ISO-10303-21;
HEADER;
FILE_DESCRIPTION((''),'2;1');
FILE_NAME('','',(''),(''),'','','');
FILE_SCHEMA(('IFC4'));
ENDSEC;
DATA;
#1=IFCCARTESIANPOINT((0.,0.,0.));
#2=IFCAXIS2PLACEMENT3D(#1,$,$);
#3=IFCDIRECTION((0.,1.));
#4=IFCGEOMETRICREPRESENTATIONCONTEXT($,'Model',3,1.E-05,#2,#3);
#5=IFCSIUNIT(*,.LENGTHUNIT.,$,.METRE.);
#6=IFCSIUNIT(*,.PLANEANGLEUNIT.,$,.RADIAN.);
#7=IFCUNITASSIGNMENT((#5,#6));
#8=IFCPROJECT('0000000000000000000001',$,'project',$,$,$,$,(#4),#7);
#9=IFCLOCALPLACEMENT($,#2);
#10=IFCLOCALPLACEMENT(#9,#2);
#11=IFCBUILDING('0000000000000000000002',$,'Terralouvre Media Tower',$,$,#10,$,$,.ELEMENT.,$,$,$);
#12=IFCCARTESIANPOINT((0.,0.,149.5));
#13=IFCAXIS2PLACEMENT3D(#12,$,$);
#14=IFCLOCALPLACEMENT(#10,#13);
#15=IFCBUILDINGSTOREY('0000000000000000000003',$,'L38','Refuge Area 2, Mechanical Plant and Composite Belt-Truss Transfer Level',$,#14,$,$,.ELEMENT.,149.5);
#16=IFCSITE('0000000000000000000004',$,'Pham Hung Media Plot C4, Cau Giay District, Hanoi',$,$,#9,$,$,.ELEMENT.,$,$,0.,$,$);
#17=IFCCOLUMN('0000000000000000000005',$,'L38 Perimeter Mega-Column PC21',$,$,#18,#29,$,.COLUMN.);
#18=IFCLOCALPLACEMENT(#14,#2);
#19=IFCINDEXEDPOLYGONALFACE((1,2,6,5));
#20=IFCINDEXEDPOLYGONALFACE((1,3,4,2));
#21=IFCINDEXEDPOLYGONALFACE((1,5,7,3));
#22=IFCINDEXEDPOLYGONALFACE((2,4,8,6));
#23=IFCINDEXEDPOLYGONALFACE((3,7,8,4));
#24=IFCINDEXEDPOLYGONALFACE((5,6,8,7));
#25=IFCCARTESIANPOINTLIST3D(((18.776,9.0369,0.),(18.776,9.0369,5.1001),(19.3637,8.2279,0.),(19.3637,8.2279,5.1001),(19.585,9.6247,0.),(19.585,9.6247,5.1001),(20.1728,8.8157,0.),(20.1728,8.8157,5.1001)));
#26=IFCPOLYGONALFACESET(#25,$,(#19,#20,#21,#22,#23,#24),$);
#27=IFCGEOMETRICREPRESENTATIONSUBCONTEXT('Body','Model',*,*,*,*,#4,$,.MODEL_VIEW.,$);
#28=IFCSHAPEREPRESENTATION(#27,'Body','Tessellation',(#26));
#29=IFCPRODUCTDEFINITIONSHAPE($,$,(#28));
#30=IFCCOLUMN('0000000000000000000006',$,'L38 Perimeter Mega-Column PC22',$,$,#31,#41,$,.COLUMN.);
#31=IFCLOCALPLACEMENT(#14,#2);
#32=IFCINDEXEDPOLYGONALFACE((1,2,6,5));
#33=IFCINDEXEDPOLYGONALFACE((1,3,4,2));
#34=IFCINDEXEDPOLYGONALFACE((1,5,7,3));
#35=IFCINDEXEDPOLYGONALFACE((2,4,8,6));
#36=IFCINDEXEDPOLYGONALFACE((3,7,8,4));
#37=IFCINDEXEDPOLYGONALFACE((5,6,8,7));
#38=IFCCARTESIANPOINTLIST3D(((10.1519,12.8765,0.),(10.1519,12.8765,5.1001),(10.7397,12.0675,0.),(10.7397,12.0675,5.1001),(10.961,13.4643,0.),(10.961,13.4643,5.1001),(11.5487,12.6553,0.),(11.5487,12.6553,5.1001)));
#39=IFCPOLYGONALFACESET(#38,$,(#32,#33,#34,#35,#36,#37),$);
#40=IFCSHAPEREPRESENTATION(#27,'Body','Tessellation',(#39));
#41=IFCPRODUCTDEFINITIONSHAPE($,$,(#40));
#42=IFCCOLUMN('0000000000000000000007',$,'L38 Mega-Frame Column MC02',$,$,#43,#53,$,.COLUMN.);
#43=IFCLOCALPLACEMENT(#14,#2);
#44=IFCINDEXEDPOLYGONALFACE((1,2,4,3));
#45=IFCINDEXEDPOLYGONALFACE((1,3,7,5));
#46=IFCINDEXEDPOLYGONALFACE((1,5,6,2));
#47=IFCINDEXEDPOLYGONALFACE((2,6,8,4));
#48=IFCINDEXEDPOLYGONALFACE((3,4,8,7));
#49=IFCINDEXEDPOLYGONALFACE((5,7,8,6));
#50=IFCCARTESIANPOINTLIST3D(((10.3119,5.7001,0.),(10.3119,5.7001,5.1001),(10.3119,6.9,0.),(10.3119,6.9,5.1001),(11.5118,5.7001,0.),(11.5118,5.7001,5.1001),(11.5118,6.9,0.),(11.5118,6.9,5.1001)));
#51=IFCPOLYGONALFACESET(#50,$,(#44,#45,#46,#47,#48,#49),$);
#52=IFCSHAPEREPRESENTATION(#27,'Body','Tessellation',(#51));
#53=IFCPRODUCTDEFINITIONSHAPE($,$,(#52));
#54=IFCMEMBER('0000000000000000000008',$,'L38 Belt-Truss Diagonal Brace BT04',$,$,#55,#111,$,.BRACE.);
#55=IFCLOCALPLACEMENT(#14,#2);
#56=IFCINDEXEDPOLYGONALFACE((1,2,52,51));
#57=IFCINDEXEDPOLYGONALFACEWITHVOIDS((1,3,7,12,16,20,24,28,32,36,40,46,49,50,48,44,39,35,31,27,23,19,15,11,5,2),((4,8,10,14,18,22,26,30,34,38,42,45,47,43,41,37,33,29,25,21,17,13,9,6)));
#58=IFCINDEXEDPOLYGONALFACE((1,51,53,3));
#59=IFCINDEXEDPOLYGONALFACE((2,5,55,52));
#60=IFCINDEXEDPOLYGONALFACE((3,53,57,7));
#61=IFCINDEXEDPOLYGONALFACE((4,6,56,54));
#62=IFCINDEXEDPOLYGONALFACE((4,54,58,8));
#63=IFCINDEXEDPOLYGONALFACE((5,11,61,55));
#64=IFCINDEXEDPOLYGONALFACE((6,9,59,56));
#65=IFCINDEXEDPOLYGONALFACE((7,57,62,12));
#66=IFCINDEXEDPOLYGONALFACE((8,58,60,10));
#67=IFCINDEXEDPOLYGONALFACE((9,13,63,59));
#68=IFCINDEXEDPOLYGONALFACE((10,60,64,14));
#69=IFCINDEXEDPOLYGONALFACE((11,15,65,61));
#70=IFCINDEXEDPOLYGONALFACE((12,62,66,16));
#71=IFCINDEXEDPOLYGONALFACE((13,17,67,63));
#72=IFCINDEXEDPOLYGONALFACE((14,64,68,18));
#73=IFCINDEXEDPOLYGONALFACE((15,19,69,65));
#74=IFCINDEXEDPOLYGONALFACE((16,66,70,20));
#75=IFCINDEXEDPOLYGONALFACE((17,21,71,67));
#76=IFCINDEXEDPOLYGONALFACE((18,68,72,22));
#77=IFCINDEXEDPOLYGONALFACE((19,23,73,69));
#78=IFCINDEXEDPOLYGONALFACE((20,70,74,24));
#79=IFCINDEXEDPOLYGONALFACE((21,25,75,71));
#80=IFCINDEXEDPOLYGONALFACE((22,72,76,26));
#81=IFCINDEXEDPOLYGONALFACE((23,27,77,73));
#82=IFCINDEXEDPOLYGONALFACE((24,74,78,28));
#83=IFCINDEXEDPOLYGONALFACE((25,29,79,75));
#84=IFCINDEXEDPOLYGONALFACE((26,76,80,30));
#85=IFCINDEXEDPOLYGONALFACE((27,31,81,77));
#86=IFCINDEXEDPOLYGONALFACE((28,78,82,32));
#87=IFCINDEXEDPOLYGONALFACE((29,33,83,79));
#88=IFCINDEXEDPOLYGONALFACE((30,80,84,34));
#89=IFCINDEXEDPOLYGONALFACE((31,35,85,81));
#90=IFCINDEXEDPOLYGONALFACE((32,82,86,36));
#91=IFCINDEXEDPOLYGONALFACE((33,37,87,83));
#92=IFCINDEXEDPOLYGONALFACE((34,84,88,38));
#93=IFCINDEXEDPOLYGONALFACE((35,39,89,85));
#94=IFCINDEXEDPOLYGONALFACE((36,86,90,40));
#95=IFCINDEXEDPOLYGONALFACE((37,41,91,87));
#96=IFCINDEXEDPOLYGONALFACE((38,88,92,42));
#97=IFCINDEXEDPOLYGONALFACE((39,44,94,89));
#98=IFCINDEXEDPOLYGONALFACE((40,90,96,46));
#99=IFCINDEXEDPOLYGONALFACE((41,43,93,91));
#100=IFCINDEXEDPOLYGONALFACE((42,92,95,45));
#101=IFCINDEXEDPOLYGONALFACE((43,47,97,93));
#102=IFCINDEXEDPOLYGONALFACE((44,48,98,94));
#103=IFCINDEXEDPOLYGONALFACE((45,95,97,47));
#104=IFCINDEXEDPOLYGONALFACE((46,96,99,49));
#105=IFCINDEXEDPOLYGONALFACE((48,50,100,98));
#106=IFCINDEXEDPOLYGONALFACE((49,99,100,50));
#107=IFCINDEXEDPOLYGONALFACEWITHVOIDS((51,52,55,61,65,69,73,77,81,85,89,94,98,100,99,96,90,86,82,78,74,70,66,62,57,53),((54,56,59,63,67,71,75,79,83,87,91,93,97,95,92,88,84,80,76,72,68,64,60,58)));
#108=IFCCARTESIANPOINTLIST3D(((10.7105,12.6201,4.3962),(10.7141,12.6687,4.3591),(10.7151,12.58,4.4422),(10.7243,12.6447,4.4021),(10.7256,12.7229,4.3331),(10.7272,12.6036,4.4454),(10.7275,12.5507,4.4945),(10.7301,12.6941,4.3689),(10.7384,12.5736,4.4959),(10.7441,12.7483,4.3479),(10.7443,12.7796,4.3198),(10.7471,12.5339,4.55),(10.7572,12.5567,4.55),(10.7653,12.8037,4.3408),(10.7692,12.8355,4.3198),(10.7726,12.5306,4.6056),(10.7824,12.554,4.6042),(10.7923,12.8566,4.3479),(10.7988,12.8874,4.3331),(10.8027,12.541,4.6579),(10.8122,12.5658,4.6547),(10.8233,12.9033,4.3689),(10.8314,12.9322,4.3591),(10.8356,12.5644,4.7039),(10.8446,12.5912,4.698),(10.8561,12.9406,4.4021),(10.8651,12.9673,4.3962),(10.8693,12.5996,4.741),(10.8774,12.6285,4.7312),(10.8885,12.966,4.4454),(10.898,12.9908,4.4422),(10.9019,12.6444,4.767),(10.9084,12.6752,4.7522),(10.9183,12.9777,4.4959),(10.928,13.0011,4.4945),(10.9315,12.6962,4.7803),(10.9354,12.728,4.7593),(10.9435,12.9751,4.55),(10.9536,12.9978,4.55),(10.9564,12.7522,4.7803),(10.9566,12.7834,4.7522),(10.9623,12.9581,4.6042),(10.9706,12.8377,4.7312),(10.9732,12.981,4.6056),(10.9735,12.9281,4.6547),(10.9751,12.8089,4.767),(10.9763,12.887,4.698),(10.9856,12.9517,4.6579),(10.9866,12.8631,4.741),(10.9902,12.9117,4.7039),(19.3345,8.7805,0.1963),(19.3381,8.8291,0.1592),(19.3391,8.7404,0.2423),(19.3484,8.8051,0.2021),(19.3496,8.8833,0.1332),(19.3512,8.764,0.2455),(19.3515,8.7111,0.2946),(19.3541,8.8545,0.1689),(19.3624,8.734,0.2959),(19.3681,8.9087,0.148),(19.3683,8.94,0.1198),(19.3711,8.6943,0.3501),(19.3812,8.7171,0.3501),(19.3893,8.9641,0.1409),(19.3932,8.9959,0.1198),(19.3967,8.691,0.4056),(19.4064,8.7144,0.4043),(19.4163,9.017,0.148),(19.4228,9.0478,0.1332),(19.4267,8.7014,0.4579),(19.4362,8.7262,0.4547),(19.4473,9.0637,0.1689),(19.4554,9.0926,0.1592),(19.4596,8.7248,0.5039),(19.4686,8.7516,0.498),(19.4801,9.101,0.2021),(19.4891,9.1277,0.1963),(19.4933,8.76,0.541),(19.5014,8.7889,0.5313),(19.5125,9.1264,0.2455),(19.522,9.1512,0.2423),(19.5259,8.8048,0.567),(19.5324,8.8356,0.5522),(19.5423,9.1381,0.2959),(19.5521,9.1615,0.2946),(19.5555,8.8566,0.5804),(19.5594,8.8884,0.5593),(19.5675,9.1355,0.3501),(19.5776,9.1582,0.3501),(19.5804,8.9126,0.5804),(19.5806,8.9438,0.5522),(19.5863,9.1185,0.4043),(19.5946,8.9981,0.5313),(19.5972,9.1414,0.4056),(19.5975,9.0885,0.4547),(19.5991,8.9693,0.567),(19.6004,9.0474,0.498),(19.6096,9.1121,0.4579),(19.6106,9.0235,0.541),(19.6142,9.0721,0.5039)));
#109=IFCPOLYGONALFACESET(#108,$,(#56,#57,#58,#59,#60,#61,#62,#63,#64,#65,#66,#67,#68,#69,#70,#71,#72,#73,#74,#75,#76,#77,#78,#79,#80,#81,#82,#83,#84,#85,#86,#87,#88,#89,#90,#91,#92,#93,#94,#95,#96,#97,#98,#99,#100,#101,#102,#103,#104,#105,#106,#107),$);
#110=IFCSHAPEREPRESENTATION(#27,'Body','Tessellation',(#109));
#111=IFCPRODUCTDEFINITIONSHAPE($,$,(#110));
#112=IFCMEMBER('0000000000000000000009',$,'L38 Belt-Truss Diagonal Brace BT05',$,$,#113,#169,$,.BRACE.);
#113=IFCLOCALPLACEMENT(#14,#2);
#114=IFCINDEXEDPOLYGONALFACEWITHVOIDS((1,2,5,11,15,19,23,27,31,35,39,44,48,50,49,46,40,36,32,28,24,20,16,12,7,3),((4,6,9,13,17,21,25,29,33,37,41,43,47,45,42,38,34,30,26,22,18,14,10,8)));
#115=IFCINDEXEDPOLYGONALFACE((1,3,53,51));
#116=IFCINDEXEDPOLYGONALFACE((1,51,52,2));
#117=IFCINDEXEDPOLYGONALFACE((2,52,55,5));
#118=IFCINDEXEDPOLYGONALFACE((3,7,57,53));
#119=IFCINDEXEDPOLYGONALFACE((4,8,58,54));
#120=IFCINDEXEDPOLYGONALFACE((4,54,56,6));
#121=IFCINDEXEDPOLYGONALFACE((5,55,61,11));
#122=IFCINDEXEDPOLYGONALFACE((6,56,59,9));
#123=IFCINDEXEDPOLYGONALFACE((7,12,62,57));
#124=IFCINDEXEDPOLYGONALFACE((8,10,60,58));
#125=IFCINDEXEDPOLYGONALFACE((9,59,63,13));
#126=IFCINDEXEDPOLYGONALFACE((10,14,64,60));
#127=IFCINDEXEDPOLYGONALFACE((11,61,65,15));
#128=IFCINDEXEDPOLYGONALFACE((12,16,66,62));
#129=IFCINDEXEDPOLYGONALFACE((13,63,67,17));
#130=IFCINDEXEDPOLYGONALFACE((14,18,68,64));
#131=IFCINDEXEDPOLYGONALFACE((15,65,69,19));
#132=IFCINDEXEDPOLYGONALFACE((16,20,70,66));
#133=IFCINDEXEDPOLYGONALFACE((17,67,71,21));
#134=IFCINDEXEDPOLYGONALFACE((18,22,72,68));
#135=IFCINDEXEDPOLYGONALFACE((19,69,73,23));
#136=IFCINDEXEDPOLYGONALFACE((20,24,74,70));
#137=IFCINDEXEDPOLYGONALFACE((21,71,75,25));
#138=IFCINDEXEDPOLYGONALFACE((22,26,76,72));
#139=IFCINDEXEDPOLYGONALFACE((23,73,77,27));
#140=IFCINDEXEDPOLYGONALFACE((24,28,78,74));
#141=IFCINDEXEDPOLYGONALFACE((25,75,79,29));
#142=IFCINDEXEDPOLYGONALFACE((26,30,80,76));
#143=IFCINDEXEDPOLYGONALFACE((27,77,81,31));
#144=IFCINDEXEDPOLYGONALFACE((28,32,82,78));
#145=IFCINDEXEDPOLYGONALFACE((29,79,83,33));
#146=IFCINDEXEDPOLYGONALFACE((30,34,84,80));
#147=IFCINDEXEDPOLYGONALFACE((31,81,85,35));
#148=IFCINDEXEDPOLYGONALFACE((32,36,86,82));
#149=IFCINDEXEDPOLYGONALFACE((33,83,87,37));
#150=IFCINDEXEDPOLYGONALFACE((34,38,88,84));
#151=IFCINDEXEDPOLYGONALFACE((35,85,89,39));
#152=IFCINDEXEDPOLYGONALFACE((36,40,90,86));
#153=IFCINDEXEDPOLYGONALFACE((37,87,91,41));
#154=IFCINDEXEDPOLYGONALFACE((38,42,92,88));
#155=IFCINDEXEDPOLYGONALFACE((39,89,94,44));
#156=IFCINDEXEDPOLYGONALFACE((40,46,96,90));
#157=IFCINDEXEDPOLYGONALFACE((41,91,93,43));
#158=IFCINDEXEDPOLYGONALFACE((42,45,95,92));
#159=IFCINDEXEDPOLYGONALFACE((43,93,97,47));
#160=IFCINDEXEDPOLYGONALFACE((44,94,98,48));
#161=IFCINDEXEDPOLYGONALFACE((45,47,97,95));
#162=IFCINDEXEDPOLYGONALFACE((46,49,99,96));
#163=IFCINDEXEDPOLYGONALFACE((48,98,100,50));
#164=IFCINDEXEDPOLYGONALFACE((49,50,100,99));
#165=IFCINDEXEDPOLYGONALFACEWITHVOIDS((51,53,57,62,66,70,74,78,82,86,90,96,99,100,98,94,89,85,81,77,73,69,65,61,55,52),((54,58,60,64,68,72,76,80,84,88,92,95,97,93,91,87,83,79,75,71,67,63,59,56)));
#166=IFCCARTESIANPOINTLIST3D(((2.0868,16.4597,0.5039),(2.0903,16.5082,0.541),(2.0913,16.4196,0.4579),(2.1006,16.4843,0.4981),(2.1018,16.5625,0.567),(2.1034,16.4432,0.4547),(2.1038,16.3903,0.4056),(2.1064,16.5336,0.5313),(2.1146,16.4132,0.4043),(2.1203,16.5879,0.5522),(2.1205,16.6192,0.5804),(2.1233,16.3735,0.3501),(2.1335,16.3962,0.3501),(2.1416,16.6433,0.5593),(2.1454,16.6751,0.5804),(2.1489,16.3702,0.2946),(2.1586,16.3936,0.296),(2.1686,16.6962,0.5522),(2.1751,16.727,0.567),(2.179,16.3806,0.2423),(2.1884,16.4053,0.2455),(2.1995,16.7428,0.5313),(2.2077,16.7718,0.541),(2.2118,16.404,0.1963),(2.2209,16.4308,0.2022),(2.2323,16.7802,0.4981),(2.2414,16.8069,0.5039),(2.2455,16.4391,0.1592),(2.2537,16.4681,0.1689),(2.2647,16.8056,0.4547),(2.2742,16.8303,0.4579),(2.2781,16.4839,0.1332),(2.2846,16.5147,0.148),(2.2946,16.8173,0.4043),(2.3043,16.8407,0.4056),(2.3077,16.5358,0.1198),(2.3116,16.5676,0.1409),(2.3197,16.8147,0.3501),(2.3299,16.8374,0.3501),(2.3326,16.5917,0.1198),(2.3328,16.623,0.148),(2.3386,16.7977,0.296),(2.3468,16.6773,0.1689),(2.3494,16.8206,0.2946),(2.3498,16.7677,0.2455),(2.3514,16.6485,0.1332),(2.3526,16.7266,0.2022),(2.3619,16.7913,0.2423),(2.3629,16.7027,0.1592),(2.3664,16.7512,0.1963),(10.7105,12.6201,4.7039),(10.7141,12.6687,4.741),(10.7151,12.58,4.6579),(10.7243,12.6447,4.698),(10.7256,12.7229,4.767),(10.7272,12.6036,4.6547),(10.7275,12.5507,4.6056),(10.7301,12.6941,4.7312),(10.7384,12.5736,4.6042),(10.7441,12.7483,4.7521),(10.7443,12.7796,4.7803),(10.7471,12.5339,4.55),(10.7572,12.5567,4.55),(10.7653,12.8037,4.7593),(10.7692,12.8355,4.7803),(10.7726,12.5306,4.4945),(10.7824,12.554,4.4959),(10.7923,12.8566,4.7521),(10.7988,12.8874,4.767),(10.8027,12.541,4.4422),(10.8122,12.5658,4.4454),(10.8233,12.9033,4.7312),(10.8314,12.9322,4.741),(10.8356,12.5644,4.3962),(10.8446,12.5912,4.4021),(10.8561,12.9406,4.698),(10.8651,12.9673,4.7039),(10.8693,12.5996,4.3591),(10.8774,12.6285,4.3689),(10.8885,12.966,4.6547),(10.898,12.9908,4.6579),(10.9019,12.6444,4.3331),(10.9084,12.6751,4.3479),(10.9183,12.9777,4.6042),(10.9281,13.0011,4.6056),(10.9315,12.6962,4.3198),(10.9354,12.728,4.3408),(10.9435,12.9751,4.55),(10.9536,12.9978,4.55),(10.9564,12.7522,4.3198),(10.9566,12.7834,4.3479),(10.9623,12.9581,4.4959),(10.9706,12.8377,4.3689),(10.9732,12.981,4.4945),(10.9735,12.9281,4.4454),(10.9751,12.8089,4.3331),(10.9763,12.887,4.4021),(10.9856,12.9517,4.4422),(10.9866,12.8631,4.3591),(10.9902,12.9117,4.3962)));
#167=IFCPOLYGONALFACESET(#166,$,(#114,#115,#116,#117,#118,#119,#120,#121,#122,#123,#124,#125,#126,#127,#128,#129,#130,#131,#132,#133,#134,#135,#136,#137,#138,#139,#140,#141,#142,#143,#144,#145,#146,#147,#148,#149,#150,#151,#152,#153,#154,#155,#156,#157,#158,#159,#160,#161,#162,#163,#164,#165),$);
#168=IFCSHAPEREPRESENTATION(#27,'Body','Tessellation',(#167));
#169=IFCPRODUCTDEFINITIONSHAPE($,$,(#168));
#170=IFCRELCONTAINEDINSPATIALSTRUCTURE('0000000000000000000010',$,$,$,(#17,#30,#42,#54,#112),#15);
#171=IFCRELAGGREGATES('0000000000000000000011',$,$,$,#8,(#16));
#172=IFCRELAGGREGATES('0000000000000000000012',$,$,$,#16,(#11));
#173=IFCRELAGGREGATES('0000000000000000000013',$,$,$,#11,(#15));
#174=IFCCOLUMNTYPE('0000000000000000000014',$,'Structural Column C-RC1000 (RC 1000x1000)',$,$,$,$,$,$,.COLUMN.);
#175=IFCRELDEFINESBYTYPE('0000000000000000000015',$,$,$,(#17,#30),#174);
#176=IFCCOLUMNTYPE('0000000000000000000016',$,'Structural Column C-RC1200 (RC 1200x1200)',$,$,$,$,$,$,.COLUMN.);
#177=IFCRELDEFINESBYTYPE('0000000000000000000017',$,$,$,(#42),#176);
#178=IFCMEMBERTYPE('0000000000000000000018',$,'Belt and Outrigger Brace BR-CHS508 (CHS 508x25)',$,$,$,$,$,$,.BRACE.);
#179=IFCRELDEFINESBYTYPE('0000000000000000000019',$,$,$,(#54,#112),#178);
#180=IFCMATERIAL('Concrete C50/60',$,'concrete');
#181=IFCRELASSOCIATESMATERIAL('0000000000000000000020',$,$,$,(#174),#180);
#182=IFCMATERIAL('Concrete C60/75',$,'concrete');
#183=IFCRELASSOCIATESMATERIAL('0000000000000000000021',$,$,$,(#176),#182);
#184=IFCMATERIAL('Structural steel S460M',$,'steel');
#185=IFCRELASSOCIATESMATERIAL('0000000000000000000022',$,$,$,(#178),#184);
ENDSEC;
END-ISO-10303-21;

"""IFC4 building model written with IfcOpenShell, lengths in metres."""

from ifc_helpers import new_model, si_unit, direction, frame, origin, origin_2d, place, context, subcontext, project, spatial, rectangle, hollow_circle, extrude, material, material_profile, profile_set, type_object, element, save


model = new_model("IFC4")

# Units and contexts
model_context = context("Model", 3, precision=1e-05, world=origin(), true_north=direction((0.0, 1.0)))
body_context = subcontext(model_context, "Body", "Model", "MODEL_VIEW")
ifc_project = project(units=[si_unit("LENGTHUNIT", "METRE"), si_unit("PLANEANGLEUNIT", "RADIAN")], contexts=[model_context])

# Site, building, storey
site_placement = place(None, origin())
site = spatial("IfcSite", under=ifc_project, at=site_placement, Name="Pham Hung Media Plot C4, Cau Giay District, Hanoi", CompositionType="ELEMENT", RefElevation=0.0)
building_placement = place(site_placement, origin())
building = spatial("IfcBuilding", under=site, at=building_placement, Name="Terralouvre Media Tower", CompositionType="ELEMENT")
storey_placement = place(building_placement, frame((0.0, 0.0, 149.5)))
storey = spatial("IfcBuildingStorey", under=building, at=storey_placement, Name="L38", Description="Refuge Area 2, Mechanical Plant and Composite Belt-Truss Transfer Level", CompositionType="ELEMENT", Elevation=149.5)

# Columns
ifc_material_1 = material(Name="Concrete C50/60", Category="concrete")
ifc_material_profile_1 = material_profile(ifc_material_1, rectangle(XDim=1.0, YDim=1.0, at=origin_2d()), Name="RC 1000x1000")
ifc_profile_set_1 = profile_set([ifc_material_profile_1], Name="Concrete C50/60")
column_type_1 = type_object("IfcColumnType", Name="Structural Column C-RC1000 (RC 1000x1000)", PredefinedType="COLUMN", material=ifc_profile_set_1)
for number, where, z_axis, x_axis, name in (
    (1, (19.4744, 8.9263, 0.0), (0.0, 0.0, 1.0), (0.809017, 0.587785, 0.0), "L38 Perimeter Mega-Column PC21"),
    (2, (10.8503, 12.7659, 0.0), (0.0, 0.0, 1.0), (0.809017, 0.587785, 0.0), "L38 Perimeter Mega-Column PC22"),
):
    element("IfcColumn", number, at=place(storey_placement, frame(where, z_axis=z_axis, x_axis=x_axis)), inside=storey, type_object=column_type_1, Name=name, PredefinedType="COLUMN", context=body_context, shape_type="SweptSolid", body=[
        extrude(rectangle(XDim=1.0, YDim=1.0, at=origin_2d()), origin(), (0.0, 0.0, 1.0), 5.1001),
    ])
ifc_material_2 = material(Name="Concrete C60/75", Category="concrete")
ifc_material_profile_2 = material_profile(ifc_material_2, rectangle(XDim=1.2, YDim=1.2, at=origin_2d()), Name="RC 1200x1200")
ifc_profile_set_2 = profile_set([ifc_material_profile_2], Name="Concrete C60/75")
column_type_2 = type_object("IfcColumnType", Name="Structural Column C-RC1200 (RC 1200x1200)", PredefinedType="COLUMN", material=ifc_profile_set_2)
column_placement = place(storey_placement, frame((10.9119, 6.3, 0.0), z_axis=(0.0, 0.0, 1.0), x_axis=(1.0, 0.0, 0.0)))
element("IfcColumn", 3, at=column_placement, inside=storey, type_object=column_type_2, Name="L38 Mega-Frame Column MC02", PredefinedType="COLUMN", context=body_context, shape_type="SweptSolid", body=[
    extrude(rectangle(XDim=1.2, YDim=1.2, at=origin_2d()), origin(), (0.0, 0.0, 1.0), 5.1001),
])

# Members
ifc_material_3 = material(Name="Structural steel S460M", Category="steel")
ifc_material_profile_3 = material_profile(ifc_material_3, hollow_circle(Radius=0.2539, WallThickness=0.0249, at=origin_2d()), Name="CHS 508x25")
ifc_profile_set_3 = profile_set([ifc_material_profile_3], Name="Structural steel S460M")
member_type_1 = type_object("IfcMemberType", Name="Belt and Outrigger Brace BR-CHS508 (CHS 508x25)", PredefinedType="BRACE", material=ifc_profile_set_3)
member_1_placement = place(storey_placement, frame((19.4744, 8.9263, 0.3501), z_axis=(-0.834668, 0.371612, 0.406489), x_axis=(-0.406731, -0.913548, 0.0)))
element("IfcMember", 4, at=member_1_placement, inside=storey, type_object=member_type_1, Name="L38 Belt-Truss Diagonal Brace BT04", PredefinedType="BRACE", context=body_context, shape_type="SweptSolid", body=[
    extrude(hollow_circle(Radius=0.2539, WallThickness=0.0249, at=origin_2d()), origin(), (0.0, 0.0, 1.0), 10.3323),
])
member_2_placement = place(storey_placement, frame((10.8503, 12.7659, 4.55), z_axis=(-0.834661, 0.37162, -0.406497), x_axis=(-0.406741, -0.913544, 0.0)))
element("IfcMember", 5, at=member_2_placement, inside=storey, type_object=member_type_1, Name="L38 Belt-Truss Diagonal Brace BT05", PredefinedType="BRACE", context=body_context, shape_type="SweptSolid", body=[
    extrude(hollow_circle(Radius=0.2539, WallThickness=0.0249, at=origin_2d()), origin(), (0.0, 0.0, 1.0), 10.332),
])

save(model, "model.ifc")
